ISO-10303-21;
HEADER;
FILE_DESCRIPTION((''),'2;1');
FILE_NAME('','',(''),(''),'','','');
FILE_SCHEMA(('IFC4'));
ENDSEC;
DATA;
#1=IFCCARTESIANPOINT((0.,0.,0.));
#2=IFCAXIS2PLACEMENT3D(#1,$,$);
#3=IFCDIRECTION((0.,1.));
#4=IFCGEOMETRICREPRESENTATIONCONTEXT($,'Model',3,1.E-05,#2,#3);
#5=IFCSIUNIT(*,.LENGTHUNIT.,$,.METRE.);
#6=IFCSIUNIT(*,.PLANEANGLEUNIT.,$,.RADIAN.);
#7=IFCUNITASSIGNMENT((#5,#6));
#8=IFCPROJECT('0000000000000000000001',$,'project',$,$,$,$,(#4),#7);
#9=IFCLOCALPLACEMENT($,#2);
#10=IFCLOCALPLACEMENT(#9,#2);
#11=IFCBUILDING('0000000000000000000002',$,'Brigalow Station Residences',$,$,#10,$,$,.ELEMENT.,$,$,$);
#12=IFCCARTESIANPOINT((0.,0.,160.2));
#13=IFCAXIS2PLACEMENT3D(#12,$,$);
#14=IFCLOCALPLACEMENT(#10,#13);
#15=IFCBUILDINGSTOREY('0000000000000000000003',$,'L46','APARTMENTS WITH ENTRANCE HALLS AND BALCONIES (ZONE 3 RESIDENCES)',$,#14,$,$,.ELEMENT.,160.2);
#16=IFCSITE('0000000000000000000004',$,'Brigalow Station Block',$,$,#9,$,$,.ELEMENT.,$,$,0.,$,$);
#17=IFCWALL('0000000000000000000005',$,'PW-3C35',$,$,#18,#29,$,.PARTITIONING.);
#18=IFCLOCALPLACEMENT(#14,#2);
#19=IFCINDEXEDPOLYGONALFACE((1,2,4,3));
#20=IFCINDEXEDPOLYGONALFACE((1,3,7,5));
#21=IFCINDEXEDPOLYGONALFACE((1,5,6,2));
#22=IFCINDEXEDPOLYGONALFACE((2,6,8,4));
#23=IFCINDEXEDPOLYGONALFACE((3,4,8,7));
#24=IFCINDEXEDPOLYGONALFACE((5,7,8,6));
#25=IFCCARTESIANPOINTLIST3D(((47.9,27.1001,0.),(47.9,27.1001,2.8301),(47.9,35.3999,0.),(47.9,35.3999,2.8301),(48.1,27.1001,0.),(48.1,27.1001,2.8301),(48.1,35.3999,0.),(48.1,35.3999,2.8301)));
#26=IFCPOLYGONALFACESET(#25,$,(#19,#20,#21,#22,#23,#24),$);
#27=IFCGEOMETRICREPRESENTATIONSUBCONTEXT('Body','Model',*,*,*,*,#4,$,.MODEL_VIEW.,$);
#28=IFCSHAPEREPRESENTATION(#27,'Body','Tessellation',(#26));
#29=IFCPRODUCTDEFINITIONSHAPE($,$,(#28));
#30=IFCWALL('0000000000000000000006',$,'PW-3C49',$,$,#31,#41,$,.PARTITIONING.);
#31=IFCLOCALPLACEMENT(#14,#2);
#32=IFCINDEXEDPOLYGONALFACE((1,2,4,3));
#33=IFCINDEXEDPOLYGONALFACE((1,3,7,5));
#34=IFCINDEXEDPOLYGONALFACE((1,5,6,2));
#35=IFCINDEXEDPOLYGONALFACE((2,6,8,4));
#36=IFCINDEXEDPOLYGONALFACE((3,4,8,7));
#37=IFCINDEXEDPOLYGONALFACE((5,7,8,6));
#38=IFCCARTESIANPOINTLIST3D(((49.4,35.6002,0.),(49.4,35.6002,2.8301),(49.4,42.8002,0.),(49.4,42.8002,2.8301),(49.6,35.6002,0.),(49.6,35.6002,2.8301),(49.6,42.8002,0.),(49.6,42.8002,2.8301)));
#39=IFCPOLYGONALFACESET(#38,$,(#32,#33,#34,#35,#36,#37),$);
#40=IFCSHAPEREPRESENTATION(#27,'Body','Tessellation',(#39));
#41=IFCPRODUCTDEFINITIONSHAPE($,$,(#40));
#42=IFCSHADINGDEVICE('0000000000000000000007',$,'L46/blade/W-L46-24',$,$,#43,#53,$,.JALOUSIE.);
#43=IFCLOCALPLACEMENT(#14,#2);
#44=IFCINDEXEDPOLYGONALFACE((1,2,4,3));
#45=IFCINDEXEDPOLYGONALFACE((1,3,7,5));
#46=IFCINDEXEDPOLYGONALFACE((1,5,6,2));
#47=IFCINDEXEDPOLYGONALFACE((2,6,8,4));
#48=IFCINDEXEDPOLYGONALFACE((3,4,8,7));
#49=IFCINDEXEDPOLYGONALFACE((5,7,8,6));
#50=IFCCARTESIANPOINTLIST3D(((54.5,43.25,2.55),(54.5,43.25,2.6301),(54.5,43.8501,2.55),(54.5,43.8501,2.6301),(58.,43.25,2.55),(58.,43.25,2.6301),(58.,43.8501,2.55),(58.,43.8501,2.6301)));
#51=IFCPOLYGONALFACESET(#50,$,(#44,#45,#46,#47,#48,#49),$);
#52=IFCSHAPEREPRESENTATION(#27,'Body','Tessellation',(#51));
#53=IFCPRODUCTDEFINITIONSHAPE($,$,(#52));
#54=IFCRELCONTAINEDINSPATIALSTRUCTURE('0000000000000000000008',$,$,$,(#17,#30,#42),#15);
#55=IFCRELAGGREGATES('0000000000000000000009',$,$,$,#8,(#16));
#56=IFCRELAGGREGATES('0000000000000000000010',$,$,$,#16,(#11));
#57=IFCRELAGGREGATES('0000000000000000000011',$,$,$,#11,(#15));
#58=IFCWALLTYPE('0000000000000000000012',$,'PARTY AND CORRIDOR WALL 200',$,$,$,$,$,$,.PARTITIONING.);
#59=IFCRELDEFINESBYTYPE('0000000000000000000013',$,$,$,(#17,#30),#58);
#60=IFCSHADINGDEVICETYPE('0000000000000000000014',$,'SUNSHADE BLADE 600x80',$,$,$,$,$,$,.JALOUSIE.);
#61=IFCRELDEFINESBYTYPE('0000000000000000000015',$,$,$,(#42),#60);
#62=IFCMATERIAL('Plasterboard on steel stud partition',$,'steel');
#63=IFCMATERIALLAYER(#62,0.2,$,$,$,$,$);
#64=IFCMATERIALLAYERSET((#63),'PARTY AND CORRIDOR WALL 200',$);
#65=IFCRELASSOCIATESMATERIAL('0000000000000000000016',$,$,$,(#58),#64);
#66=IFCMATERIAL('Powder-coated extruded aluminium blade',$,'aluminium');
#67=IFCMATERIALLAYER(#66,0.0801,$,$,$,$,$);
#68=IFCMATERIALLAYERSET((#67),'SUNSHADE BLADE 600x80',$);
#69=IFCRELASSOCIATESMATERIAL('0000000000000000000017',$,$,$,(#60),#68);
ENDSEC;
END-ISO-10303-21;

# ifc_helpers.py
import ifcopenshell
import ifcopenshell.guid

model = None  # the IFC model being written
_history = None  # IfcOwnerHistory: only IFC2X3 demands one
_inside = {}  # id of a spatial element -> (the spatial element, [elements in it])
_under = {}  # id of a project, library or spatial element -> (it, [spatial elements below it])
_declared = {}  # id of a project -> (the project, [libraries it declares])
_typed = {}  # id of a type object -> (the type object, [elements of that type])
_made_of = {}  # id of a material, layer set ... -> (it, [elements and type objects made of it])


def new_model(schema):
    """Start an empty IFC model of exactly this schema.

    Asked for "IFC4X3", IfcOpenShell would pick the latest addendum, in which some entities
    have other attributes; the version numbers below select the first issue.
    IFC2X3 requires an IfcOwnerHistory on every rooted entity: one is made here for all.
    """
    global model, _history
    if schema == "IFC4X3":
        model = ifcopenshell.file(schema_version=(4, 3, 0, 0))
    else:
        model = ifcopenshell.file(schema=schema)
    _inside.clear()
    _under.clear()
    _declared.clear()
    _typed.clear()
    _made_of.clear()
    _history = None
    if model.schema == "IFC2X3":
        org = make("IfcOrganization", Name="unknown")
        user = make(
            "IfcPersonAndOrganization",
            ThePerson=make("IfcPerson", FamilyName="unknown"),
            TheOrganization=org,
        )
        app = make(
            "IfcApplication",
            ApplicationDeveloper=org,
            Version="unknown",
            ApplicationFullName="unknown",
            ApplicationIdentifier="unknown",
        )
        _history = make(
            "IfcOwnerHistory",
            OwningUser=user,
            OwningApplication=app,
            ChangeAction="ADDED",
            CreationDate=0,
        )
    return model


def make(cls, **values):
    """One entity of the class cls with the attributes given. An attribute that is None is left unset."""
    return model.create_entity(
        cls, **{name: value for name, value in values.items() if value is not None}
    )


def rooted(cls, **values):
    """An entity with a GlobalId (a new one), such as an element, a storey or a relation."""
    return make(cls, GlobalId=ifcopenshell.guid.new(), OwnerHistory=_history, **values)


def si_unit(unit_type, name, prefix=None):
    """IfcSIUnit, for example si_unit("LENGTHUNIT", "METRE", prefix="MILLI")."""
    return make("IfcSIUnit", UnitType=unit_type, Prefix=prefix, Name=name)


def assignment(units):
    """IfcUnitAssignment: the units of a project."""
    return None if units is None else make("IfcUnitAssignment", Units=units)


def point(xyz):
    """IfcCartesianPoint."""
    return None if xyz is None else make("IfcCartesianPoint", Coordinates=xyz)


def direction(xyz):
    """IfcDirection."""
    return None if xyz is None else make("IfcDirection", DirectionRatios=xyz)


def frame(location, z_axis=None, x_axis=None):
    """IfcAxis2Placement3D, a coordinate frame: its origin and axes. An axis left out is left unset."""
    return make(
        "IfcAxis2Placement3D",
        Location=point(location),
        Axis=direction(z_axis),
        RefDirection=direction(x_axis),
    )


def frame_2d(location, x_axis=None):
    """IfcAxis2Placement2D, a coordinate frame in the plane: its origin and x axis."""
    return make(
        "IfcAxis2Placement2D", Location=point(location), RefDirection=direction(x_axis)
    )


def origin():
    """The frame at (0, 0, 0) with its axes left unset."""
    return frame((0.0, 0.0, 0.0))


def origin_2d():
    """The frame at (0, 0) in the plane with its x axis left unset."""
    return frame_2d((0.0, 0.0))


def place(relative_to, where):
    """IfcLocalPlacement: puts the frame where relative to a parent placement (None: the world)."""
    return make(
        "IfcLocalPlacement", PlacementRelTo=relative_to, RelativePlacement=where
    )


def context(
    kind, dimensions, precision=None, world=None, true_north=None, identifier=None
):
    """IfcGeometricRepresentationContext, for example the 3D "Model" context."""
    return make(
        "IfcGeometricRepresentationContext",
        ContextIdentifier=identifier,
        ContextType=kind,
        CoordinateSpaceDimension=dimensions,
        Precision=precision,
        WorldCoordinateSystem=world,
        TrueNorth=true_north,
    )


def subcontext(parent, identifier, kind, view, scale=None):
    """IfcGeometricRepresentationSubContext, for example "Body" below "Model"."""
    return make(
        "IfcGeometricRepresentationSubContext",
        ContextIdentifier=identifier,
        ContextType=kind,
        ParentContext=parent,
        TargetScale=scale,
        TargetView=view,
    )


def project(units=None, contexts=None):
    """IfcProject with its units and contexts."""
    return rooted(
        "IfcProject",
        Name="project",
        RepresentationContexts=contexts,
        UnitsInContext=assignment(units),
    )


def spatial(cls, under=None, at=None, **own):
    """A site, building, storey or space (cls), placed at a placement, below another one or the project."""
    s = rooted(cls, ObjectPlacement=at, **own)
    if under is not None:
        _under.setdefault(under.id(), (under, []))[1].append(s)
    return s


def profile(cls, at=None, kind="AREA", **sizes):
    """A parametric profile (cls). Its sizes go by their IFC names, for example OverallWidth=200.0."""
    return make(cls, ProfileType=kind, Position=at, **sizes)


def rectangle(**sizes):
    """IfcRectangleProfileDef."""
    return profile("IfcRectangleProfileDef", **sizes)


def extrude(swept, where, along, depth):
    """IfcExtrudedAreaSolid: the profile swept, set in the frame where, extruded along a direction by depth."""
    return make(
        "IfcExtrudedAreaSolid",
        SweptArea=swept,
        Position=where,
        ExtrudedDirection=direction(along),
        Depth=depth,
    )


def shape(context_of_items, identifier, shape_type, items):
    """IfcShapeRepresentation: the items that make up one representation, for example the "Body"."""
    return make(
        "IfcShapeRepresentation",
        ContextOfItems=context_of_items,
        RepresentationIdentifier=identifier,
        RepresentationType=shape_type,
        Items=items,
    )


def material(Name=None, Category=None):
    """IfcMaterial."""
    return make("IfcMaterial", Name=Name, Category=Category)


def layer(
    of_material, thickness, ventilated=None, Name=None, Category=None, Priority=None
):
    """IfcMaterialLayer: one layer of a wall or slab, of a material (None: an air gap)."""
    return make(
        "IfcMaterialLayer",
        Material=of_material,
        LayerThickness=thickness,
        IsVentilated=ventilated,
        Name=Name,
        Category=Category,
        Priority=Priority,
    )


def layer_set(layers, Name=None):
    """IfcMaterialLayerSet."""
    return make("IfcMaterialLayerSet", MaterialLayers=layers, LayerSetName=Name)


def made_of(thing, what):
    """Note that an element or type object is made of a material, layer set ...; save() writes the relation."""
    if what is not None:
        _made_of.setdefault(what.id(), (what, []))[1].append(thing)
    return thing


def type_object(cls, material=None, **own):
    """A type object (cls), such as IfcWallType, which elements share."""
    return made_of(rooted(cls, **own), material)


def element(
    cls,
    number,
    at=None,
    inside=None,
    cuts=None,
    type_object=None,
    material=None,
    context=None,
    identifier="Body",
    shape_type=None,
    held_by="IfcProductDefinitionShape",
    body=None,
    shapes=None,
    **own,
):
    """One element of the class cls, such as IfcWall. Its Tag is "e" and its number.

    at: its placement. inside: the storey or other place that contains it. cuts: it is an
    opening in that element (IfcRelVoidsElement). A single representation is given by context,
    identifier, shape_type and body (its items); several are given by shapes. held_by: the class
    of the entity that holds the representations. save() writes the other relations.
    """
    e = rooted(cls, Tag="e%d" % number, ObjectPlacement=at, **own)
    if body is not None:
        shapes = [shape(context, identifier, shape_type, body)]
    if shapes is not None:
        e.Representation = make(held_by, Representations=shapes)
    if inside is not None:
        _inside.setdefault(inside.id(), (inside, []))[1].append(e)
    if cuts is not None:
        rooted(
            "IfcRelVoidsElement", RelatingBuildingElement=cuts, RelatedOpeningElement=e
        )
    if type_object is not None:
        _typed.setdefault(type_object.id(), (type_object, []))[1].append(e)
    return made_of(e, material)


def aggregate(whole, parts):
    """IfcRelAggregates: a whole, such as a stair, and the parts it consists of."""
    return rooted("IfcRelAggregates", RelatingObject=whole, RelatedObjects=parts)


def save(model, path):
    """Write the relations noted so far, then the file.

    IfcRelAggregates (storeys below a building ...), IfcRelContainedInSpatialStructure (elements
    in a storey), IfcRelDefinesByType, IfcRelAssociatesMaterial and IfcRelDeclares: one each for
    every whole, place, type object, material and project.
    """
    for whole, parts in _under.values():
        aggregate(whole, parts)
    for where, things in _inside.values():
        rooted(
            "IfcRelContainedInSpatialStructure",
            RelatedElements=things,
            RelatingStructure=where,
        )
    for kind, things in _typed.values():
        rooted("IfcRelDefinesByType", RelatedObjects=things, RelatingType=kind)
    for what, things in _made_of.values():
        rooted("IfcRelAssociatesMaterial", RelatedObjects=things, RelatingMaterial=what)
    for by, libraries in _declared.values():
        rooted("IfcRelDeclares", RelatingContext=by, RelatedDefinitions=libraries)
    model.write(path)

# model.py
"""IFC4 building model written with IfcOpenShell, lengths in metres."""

from ifc_helpers import new_model, si_unit, direction, frame, frame_2d, origin, origin_2d, place, context, subcontext, project, spatial, rectangle, extrude, material, layer, layer_set, type_object, element, save


model = new_model("IFC4")

# Units and contexts
model_context = context("Model", 3, precision=1e-05, world=origin(), true_north=direction((0.0, 1.0)))
body_context = subcontext(model_context, "Body", "Model", "MODEL_VIEW")
ifc_project = project(units=[si_unit("LENGTHUNIT", "METRE"), si_unit("PLANEANGLEUNIT", "RADIAN")], contexts=[model_context])

# Site, building, storey
site_placement = place(None, origin())
site = spatial("IfcSite", under=ifc_project, at=site_placement, Name="Brigalow Station Block", CompositionType="ELEMENT", RefElevation=0.0)
building_placement = place(site_placement, origin())
building = spatial("IfcBuilding", under=site, at=building_placement, Name="Brigalow Station Residences", CompositionType="ELEMENT")
storey_placement = place(building_placement, frame((0.0, 0.0, 160.2)))
storey = spatial("IfcBuildingStorey", under=building, at=storey_placement, Name="L46", Description="APARTMENTS WITH ENTRANCE HALLS AND BALCONIES (ZONE 3 RESIDENCES)", CompositionType="ELEMENT", Elevation=160.2)

# Walls
ifc_material_1 = material(Name="Plasterboard on steel stud partition", Category="steel")
ifc_layer_1 = layer(ifc_material_1, 0.2)
ifc_layer_set_1 = layer_set([ifc_layer_1], Name="PARTY AND CORRIDOR WALL 200")
wall_type_1 = type_object("IfcWallType", Name="PARTY AND CORRIDOR WALL 200", PredefinedType="PARTITIONING", material=ifc_layer_set_1)
wall_1_placement = place(storey_placement, frame((48.0, 27.1001, 0.0), z_axis=(0.0, 0.0, 1.0), x_axis=(0.0, 1.0, 0.0)))
element("IfcWall", 1, at=wall_1_placement, inside=storey, type_object=wall_type_1, Name="PW-3C35", PredefinedType="PARTITIONING", context=body_context, shape_type="SweptSolid", body=[
    extrude(rectangle(XDim=8.2998, YDim=0.2, at=frame_2d((4.1499, 0.0))), origin(), (0.0, 0.0, 1.0), 2.8301),
])
wall_2_placement = place(storey_placement, frame((49.5, 35.6001, 0.0), z_axis=(0.0, 0.0, 1.0), x_axis=(0.0, 1.0, 0.0)))
element("IfcWall", 2, at=wall_2_placement, inside=storey, type_object=wall_type_1, Name="PW-3C49", PredefinedType="PARTITIONING", context=body_context, shape_type="SweptSolid", body=[
    extrude(rectangle(XDim=7.2, YDim=0.2, at=frame_2d((3.6001, 0.0))), origin(), (0.0, 0.0, 1.0), 2.8301),
])

# Shading device
ifc_material_2 = material(Name="Powder-coated extruded aluminium blade", Category="aluminium")
ifc_layer_2 = layer(ifc_material_2, 0.0801)
ifc_layer_set_2 = layer_set([ifc_layer_2], Name="SUNSHADE BLADE 600x80")
shading_device_type = type_object("IfcShadingDeviceType", Name="SUNSHADE BLADE 600x80", PredefinedType="JALOUSIE", material=ifc_layer_set_2)
shading_device_placement = place(storey_placement, frame((56.25, 43.55, 2.55), z_axis=(0.0, 0.0, 1.0), x_axis=(-1.0, 0.0, 0.0)))
element("IfcShadingDevice", 3, at=shading_device_placement, inside=storey, type_object=shading_device_type, Name="L46/blade/W-L46-24", PredefinedType="JALOUSIE", context=body_context, shape_type="SweptSolid", body=[
    extrude(rectangle(XDim=3.5, YDim=0.6001, at=origin_2d()), origin(), (0.0, 0.0, 1.0), 0.0801),
])

save(model, "model.ifc")
